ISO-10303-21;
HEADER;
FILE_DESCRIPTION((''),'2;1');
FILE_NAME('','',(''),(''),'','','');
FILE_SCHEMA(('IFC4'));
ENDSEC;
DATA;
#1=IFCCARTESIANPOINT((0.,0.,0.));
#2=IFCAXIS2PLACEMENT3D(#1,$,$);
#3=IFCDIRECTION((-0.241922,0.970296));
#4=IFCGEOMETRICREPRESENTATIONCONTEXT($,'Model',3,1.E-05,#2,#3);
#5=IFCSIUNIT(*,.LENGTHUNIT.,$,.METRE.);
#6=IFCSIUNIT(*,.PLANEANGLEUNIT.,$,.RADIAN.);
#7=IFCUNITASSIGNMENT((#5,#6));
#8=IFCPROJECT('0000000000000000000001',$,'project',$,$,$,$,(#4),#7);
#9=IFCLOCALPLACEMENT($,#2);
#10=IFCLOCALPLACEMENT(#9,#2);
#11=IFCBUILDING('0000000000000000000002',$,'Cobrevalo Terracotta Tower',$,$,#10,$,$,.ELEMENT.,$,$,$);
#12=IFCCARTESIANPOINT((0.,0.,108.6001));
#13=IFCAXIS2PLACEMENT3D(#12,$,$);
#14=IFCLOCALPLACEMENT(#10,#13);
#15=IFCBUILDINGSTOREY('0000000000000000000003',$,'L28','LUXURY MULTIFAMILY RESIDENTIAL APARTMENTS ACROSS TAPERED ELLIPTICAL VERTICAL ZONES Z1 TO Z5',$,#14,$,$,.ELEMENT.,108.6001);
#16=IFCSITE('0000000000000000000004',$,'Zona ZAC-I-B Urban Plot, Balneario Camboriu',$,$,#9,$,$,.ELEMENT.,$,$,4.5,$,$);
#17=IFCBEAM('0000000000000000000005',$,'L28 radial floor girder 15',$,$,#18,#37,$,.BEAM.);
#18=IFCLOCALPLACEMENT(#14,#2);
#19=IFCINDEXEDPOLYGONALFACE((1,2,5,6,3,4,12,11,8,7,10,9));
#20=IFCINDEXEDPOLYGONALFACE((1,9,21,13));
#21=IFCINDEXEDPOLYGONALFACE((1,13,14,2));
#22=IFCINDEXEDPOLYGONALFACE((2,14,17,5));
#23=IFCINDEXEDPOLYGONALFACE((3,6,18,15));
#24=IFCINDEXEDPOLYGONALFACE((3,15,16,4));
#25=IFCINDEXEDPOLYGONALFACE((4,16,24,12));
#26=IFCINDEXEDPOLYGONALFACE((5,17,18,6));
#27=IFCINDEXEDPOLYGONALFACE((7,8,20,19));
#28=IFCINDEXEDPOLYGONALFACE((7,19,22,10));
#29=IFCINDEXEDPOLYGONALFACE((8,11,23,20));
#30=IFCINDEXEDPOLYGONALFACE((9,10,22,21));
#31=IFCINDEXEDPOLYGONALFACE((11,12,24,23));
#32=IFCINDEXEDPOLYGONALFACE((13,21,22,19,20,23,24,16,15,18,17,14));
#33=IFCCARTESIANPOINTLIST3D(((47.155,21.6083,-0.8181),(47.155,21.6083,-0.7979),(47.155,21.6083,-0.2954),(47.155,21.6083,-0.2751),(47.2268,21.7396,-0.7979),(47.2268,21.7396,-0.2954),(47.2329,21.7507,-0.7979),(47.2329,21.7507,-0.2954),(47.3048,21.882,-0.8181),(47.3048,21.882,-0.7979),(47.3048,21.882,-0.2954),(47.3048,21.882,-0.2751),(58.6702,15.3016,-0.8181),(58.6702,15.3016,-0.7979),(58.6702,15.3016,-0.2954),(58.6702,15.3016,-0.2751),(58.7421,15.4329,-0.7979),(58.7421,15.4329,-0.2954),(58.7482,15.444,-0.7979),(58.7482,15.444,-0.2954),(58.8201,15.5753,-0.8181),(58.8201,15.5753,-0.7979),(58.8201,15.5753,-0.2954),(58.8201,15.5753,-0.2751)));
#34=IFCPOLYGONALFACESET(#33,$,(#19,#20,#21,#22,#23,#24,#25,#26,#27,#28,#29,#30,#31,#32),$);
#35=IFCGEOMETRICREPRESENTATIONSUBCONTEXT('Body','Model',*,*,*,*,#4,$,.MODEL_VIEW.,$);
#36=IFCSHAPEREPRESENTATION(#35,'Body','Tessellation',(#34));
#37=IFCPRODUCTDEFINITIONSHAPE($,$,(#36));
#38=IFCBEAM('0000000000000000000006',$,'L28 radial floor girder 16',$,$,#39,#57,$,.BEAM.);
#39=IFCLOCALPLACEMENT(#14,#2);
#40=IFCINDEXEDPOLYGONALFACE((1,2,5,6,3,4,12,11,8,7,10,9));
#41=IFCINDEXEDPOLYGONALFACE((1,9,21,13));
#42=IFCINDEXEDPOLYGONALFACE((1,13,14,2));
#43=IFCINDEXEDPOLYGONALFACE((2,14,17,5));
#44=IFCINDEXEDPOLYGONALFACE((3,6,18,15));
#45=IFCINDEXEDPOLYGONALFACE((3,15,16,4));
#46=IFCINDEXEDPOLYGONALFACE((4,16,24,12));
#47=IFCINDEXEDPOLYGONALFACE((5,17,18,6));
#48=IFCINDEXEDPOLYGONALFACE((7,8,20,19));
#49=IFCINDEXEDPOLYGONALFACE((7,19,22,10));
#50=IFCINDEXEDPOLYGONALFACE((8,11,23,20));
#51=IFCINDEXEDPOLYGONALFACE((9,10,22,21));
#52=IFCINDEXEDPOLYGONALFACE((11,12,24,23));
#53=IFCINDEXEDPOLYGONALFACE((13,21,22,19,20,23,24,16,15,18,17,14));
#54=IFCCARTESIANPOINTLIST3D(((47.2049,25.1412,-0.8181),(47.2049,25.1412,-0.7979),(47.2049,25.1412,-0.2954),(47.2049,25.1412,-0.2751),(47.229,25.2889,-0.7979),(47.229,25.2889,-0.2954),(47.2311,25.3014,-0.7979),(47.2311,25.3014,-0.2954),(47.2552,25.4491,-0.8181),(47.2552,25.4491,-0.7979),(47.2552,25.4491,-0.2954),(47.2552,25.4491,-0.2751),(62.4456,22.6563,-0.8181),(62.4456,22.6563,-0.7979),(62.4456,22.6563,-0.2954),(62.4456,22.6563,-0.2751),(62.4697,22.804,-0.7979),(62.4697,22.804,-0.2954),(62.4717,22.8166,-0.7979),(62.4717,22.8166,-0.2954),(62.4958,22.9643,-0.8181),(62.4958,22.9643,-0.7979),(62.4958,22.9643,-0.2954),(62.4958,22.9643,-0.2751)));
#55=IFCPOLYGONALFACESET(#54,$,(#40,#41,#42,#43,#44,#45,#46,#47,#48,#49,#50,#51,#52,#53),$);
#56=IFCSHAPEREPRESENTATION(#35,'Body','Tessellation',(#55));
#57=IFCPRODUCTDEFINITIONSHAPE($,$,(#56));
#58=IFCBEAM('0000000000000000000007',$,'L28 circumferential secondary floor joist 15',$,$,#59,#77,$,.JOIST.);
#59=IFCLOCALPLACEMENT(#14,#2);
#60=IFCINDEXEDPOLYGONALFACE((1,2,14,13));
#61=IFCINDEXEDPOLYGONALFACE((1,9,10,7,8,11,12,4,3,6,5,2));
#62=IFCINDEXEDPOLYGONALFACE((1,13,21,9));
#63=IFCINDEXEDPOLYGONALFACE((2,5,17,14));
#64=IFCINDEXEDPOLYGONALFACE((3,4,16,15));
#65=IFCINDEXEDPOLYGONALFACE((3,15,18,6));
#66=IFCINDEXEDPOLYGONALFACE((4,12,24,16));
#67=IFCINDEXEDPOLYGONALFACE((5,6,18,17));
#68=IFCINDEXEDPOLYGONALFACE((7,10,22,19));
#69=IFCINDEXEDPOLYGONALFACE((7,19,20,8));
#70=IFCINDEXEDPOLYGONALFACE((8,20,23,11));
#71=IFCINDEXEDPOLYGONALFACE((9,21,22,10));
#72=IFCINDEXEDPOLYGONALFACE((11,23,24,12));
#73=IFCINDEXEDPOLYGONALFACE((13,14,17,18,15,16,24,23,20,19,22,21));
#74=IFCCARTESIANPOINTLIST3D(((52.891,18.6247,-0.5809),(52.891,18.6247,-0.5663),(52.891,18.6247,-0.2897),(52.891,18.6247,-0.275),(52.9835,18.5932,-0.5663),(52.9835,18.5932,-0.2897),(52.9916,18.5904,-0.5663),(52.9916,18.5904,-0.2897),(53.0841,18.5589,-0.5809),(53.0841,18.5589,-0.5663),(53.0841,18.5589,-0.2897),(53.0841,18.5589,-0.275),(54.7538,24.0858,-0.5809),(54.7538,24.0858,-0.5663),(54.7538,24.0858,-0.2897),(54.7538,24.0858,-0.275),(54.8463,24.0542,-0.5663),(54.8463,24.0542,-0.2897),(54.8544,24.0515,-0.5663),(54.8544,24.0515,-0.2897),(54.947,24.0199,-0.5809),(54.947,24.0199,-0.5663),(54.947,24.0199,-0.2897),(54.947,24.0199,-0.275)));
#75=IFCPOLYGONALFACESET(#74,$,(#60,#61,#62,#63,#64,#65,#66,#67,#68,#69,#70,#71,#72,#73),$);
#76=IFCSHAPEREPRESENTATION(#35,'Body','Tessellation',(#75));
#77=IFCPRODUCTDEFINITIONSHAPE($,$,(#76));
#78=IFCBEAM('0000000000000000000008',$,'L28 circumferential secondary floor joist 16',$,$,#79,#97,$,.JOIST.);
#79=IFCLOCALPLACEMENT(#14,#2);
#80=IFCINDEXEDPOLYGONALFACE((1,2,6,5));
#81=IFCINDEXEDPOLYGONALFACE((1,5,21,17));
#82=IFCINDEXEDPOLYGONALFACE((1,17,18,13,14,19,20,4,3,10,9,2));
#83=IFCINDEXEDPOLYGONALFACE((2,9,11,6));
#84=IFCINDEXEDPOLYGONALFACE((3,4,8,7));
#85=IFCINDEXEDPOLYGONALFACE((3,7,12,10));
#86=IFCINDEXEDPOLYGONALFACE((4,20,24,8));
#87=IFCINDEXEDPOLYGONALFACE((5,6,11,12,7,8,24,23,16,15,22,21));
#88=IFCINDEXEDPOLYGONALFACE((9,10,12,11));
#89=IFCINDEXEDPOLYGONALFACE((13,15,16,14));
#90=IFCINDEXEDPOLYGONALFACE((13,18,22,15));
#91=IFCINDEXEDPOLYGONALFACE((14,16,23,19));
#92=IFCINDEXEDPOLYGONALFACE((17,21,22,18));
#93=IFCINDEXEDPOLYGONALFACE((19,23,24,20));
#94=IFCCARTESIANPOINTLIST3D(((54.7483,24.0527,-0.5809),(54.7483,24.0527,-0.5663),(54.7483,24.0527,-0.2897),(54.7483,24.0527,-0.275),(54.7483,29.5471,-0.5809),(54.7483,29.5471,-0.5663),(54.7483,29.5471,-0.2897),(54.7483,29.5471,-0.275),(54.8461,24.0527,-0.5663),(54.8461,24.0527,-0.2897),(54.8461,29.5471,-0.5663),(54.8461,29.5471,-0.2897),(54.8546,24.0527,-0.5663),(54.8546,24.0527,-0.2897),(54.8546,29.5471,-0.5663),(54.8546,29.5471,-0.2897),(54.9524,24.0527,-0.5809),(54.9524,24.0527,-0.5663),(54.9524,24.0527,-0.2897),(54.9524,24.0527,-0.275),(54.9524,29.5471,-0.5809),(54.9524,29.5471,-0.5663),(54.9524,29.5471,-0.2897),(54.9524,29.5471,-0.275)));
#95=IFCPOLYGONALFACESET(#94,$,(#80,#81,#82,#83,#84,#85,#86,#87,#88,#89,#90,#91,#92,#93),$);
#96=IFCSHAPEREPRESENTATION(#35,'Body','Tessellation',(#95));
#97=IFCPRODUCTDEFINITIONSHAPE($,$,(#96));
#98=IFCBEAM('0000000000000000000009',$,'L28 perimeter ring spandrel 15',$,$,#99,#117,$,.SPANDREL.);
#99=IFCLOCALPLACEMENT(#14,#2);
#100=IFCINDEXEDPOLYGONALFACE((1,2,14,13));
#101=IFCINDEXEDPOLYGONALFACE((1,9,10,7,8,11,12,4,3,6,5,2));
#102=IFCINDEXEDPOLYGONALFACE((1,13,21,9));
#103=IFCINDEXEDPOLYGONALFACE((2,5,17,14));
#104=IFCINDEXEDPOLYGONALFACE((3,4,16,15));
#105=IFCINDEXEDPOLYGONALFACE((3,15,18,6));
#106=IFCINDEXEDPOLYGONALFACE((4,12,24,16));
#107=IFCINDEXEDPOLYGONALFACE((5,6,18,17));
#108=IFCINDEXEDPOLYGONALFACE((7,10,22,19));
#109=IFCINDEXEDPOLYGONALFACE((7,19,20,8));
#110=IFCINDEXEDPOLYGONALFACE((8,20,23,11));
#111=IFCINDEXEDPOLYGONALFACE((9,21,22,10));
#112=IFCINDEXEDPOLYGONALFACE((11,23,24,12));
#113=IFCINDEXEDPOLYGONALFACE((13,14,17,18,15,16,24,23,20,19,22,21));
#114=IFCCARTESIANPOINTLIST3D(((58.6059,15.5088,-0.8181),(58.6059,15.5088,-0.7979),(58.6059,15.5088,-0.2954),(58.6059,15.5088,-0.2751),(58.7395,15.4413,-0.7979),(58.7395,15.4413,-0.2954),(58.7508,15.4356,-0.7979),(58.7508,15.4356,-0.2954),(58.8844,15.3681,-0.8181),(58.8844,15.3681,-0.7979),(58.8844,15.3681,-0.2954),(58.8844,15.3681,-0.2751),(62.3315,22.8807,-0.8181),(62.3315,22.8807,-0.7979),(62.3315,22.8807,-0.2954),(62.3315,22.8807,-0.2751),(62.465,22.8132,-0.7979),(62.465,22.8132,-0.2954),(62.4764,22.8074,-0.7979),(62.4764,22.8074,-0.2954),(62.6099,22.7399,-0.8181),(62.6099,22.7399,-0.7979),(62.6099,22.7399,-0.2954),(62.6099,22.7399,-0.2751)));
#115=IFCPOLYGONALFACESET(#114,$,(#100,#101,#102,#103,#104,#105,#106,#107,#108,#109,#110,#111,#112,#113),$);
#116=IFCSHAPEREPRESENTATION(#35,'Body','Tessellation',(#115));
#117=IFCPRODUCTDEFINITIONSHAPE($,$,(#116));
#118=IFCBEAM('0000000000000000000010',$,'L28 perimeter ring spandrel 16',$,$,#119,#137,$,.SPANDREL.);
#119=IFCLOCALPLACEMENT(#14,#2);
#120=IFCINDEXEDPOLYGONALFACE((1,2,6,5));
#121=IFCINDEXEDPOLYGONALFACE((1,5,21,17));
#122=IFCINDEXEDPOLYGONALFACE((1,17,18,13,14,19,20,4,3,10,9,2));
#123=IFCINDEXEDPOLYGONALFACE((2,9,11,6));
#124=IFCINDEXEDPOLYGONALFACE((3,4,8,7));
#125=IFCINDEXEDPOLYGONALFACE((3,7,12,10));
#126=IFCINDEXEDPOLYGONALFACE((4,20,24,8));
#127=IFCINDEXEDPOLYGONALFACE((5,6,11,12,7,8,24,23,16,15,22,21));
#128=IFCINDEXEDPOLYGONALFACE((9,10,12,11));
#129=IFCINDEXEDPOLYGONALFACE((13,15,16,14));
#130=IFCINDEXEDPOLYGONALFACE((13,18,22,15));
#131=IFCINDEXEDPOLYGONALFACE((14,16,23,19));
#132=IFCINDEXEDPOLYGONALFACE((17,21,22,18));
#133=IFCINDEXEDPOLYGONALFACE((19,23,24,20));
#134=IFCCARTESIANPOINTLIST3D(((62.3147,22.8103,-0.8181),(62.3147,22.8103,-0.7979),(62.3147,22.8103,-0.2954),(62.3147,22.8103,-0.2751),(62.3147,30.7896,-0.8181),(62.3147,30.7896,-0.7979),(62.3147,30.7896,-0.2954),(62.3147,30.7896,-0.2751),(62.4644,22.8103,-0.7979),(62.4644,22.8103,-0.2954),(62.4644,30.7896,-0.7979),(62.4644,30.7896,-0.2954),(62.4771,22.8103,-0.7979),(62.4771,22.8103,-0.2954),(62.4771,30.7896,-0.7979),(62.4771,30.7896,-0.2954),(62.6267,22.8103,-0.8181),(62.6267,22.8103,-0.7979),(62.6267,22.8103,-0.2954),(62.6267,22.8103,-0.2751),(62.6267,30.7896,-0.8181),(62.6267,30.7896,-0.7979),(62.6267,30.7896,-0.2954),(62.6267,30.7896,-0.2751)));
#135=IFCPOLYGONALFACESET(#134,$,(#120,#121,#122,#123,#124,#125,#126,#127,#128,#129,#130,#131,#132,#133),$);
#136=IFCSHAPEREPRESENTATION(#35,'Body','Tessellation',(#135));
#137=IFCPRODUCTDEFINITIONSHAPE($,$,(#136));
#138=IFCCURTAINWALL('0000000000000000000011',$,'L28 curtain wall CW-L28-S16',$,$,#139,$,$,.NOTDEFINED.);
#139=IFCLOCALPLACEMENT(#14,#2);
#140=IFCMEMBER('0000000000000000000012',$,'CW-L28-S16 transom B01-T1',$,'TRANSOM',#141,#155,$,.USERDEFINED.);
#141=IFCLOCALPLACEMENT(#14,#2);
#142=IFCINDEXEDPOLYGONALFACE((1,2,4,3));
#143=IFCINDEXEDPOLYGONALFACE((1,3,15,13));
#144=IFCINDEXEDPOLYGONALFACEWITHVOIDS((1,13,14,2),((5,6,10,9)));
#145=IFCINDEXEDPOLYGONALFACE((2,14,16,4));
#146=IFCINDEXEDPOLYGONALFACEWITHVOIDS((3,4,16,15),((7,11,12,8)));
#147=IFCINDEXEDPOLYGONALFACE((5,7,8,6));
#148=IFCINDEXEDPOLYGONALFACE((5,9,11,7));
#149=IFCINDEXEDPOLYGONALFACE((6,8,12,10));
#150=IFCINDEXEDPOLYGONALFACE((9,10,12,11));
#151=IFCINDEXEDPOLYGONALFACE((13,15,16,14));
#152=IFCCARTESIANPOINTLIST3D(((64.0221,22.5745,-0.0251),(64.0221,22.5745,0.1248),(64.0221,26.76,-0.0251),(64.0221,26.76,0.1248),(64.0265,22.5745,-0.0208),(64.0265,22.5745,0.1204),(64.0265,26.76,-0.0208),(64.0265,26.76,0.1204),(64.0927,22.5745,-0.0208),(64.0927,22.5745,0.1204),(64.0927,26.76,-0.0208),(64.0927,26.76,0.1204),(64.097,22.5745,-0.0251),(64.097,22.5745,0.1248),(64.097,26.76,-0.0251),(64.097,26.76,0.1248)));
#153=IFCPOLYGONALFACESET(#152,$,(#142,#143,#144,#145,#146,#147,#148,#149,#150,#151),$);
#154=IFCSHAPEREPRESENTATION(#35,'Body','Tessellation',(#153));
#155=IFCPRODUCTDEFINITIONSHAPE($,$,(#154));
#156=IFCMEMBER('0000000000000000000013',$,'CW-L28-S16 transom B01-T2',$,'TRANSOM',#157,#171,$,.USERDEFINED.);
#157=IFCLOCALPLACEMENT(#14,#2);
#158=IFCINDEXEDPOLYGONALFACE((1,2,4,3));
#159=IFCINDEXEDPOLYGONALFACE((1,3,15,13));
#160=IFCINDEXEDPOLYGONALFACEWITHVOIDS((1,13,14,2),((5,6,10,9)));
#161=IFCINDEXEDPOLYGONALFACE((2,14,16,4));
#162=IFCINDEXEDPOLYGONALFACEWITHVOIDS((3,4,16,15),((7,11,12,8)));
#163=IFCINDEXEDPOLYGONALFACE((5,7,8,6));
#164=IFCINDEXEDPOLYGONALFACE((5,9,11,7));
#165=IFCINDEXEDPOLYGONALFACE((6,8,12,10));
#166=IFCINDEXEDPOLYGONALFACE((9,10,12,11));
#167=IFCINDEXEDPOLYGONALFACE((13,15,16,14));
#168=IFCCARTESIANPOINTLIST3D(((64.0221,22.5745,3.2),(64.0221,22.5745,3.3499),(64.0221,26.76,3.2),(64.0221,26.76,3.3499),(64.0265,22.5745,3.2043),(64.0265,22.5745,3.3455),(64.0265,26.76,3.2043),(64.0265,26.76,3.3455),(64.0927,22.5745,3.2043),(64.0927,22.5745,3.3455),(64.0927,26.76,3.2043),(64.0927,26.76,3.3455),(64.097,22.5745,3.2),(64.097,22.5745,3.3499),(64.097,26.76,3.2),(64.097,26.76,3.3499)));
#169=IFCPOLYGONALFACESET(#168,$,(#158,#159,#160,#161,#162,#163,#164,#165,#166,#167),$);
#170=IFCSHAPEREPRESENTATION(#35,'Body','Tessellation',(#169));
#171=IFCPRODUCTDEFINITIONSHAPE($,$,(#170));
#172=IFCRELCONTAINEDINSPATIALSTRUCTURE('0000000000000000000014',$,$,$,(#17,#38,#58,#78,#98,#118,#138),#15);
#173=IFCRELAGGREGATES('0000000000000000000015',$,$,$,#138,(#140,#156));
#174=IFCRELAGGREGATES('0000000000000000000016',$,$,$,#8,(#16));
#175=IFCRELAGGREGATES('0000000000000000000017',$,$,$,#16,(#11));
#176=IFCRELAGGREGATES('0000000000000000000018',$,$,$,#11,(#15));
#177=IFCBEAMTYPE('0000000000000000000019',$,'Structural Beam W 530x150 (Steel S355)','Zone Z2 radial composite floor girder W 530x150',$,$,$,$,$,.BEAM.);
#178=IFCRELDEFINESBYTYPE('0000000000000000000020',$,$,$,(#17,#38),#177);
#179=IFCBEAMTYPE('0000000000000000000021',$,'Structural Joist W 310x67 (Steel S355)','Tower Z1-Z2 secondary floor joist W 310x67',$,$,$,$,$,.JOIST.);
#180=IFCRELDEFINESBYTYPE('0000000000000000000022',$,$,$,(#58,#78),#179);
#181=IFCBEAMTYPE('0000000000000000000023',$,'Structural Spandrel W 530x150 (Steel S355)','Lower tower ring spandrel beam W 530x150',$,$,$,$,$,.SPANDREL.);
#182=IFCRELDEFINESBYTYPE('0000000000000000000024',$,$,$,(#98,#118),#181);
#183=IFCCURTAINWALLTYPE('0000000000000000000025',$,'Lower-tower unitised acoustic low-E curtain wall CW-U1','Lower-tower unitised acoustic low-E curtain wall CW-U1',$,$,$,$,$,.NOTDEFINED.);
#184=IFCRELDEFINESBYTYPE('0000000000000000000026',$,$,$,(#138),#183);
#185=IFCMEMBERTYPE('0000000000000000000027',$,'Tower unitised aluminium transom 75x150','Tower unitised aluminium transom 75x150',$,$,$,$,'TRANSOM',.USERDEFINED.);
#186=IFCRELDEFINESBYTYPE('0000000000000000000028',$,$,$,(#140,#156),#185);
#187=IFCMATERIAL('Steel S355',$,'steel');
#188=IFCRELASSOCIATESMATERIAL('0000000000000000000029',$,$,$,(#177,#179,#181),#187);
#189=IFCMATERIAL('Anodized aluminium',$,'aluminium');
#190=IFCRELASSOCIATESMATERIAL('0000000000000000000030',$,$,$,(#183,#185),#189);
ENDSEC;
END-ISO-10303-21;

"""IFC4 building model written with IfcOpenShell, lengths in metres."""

from ifc_helpers import new_model, si_unit, direction, frame, origin, origin_2d, place, context, subcontext, project, spatial, hollow_rectangle, i_section, extrude, source, transform, mapped, material, material_profile, profile_set, type_object, element, aggregate, save


model = new_model("IFC4")

# Units and contexts
model_context = context("Model", 3, precision=1e-05, world=origin(), true_north=direction((-0.241922, 0.970296)))
body_context = subcontext(model_context, "Body", "Model", "MODEL_VIEW")
ifc_project = project(units=[si_unit("LENGTHUNIT", "METRE"), si_unit("PLANEANGLEUNIT", "RADIAN")], contexts=[model_context])

# Site, building, storey
site_placement = place(None, origin())
site = spatial("IfcSite", under=ifc_project, at=site_placement, Name="Zona ZAC-I-B Urban Plot, Balneario Camboriu", CompositionType="ELEMENT", RefElevation=4.5)
building_placement = place(site_placement, origin())
building = spatial("IfcBuilding", under=site, at=building_placement, Name="Cobrevalo Terracotta Tower", CompositionType="ELEMENT")
storey_placement = place(building_placement, frame((0.0, 0.0, 108.6001)))
storey = spatial("IfcBuildingStorey", under=building, at=storey_placement, Name="L28", Description="LUXURY MULTIFAMILY RESIDENTIAL APARTMENTS ACROSS TAPERED ELLIPTICAL VERTICAL ZONES Z1 TO Z5", CompositionType="ELEMENT", Elevation=108.6001)

# Shared definitions
ifc_material_1 = material(Name="Steel S355", Category="steel")

# Beams
ifc_material_profile_1 = material_profile(ifc_material_1, i_section(OverallWidth=0.312, OverallDepth=0.543, WebThickness=0.0127, FlangeThickness=0.0203, at=origin_2d()), Name="W 530x150")
ifc_profile_set_1 = profile_set([ifc_material_profile_1], Name="Steel S355")
beam_type_1 = type_object("IfcBeamType", Name="Structural Beam W 530x150 (Steel S355)", Description="Zone Z2 radial composite floor girder W 530x150", PredefinedType="BEAM", material=ifc_profile_set_1)
beam_1_placement = place(storey_placement, frame((58.7451, 15.4385, -0.5466), z_axis=(-0.877073, 0.480358, 0.0), x_axis=(-0.480358, -0.877073, 0.0)))
element("IfcBeam", 1, at=beam_1_placement, inside=storey, type_object=beam_type_1, Name="L28 radial floor girder 15", PredefinedType="BEAM", context=body_context, shape_type="SweptSolid", body=[
    extrude(i_section(OverallWidth=0.312, OverallDepth=0.543, WebThickness=0.0127, FlangeThickness=0.0203, at=origin_2d()), origin(), (0.0, 0.0, 1.0), 13.1292),
])
beam_2_placement = place(storey_placement, frame((62.4707, 22.8103, -0.5466), z_axis=(-0.986968, 0.160916, 0.0), x_axis=(-0.160916, -0.986968, 0.0)))
element("IfcBeam", 2, at=beam_2_placement, inside=storey, type_object=beam_type_1, Name="L28 radial floor girder 16", PredefinedType="BEAM", context=body_context, shape_type="SweptSolid", body=[
    extrude(i_section(OverallWidth=0.312, OverallDepth=0.543, WebThickness=0.0127, FlangeThickness=0.0203, at=origin_2d()), origin(), (0.0, 0.0, 1.0), 15.4419),
])
ifc_material_profile_2 = material_profile(ifc_material_1, i_section(OverallWidth=0.2041, OverallDepth=0.3059, WebThickness=0.0085, FlangeThickness=0.0146, at=origin_2d()), Name="W 310x67")
ifc_profile_set_2 = profile_set([ifc_material_profile_2], Name="Steel S355")
beam_type_2 = type_object("IfcBeamType", Name="Structural Joist W 310x67 (Steel S355)", Description="Tower Z1-Z2 secondary floor joist W 310x67", PredefinedType="JOIST", material=ifc_profile_set_2)
beam_3_placement = place(storey_placement, frame((52.9875, 18.5918, -0.428), z_axis=(0.322846, 0.946451, 0.0), x_axis=(-0.946451, 0.322846, 0.0)))
element("IfcBeam", 3, at=beam_3_placement, inside=storey, type_object=beam_type_2, Name="L28 circumferential secondary floor joist 15", PredefinedType="JOIST", context=body_context, shape_type="SweptSolid", body=[
    extrude(i_section(OverallWidth=0.2041, OverallDepth=0.3059, WebThickness=0.0085, FlangeThickness=0.0146, at=origin_2d()), origin(), (0.0, 0.0, 1.0), 5.77),
])
beam_4_placement = place(storey_placement, frame((54.8503, 24.0527, -0.428), z_axis=(0.0, 1.0, 0.0), x_axis=(-1.0, 0.0, 0.0)))
element("IfcBeam", 4, at=beam_4_placement, inside=storey, type_object=beam_type_2, Name="L28 circumferential secondary floor joist 16", PredefinedType="JOIST", context=body_context, shape_type="SweptSolid", body=[
    extrude(i_section(OverallWidth=0.2041, OverallDepth=0.3059, WebThickness=0.0085, FlangeThickness=0.0146, at=origin_2d()), origin(), (0.0, 0.0, 1.0), 5.4944),
])
ifc_material_profile_3 = material_profile(ifc_material_1, i_section(OverallWidth=0.312, OverallDepth=0.543, WebThickness=0.0127, FlangeThickness=0.0203, at=origin_2d()), Name="W 530x150")
ifc_profile_set_3 = profile_set([ifc_material_profile_3], Name="Steel S355")
beam_type_3 = type_object("IfcBeamType", Name="Structural Spandrel W 530x150 (Steel S355)", Description="Lower tower ring spandrel beam W 530x150", PredefinedType="SPANDREL", material=ifc_profile_set_3)
beam_5_placement = place(storey_placement, frame((58.7451, 15.4385, -0.5466), z_axis=(0.451052, 0.892498, 0.0), x_axis=(-0.892498, 0.451052, 0.0)))
element("IfcBeam", 5, at=beam_5_placement, inside=storey, type_object=beam_type_3, Name="L28 perimeter ring spandrel 15", PredefinedType="SPANDREL", context=body_context, shape_type="SweptSolid", body=[
    extrude(i_section(OverallWidth=0.312, OverallDepth=0.543, WebThickness=0.0127, FlangeThickness=0.0203, at=origin_2d()), origin(), (0.0, 0.0, 1.0), 8.2598),
])
beam_6_placement = place(storey_placement, frame((62.4707, 22.8103, -0.5466), z_axis=(0.0, 1.0, 0.0), x_axis=(-1.0, 0.0, 0.0)))
element("IfcBeam", 6, at=beam_6_placement, inside=storey, type_object=beam_type_3, Name="L28 perimeter ring spandrel 16", PredefinedType="SPANDREL", context=body_context, shape_type="SweptSolid", body=[
    extrude(i_section(OverallWidth=0.312, OverallDepth=0.543, WebThickness=0.0127, FlangeThickness=0.0203, at=origin_2d()), origin(), (0.0, 0.0, 1.0), 7.9792),
])

# Curtain wall, members
ifc_material_2 = material(Name="Anodized aluminium", Category="aluminium")
curtain_wall_type = type_object("IfcCurtainWallType", Name="Lower-tower unitised acoustic low-E curtain wall CW-U1", Description="Lower-tower unitised acoustic low-E curtain wall CW-U1", PredefinedType="NOTDEFINED", material=ifc_material_2)
curtain_wall_1_placement = place(storey_placement, origin())
curtain_wall_1 = element("IfcCurtainWall", 7, at=curtain_wall_1_placement, inside=storey, type_object=curtain_wall_type, Name="L28 curtain wall CW-L28-S16", PredefinedType="NOTDEFINED")
ifc_material_profile_4 = material_profile(ifc_material_2, hollow_rectangle(XDim=0.075, YDim=0.1499, WallThickness=0.0044, at=origin_2d()), Name="CWT 75x150")
ifc_profile_set_4 = profile_set([ifc_material_profile_4], Name="Anodized aluminium")
member_type_1 = type_object("IfcMemberType", Name="Tower unitised aluminium transom 75x150", Description="Tower unitised aluminium transom 75x150", ElementType="TRANSOM", PredefinedType="USERDEFINED", material=ifc_profile_set_4)
shared_shape_1 = source(origin(), body_context, "Body", "SweptSolid", [
    extrude(hollow_rectangle(XDim=0.075, YDim=0.1499, WallThickness=0.0044, at=origin_2d()), origin(), (0.0, 0.0, 1.0), 4.1855),
])
member_1_placement = place(storey_placement, frame((64.0596, 22.5745, 0.0498), z_axis=(0.0, 1.0, 0.0), x_axis=(-1.0, 0.0, 0.0)))
member_1 = element("IfcMember", 8, at=member_1_placement, type_object=member_type_1, Name="CW-L28-S16 transom B01-T1", ObjectType="TRANSOM", PredefinedType="USERDEFINED", context=body_context, shape_type="MappedRepresentation", body=[
    mapped(shared_shape_1, transform((0.0, 0.0, 0.0), scale=1.0)),
])
member_2_placement = place(storey_placement, frame((64.0596, 22.5745, 3.2749), z_axis=(0.0, 1.0, 0.0), x_axis=(-1.0, 0.0, 0.0)))
member_2 = element("IfcMember", 9, at=member_2_placement, type_object=member_type_1, Name="CW-L28-S16 transom B01-T2", ObjectType="TRANSOM", PredefinedType="USERDEFINED", context=body_context, shape_type="MappedRepresentation", body=[
    mapped(shared_shape_1, transform((0.0, 0.0, 0.0), scale=1.0)),
])

aggregate(curtain_wall_1, [member_1, member_2])

save(model, "model.ifc")
